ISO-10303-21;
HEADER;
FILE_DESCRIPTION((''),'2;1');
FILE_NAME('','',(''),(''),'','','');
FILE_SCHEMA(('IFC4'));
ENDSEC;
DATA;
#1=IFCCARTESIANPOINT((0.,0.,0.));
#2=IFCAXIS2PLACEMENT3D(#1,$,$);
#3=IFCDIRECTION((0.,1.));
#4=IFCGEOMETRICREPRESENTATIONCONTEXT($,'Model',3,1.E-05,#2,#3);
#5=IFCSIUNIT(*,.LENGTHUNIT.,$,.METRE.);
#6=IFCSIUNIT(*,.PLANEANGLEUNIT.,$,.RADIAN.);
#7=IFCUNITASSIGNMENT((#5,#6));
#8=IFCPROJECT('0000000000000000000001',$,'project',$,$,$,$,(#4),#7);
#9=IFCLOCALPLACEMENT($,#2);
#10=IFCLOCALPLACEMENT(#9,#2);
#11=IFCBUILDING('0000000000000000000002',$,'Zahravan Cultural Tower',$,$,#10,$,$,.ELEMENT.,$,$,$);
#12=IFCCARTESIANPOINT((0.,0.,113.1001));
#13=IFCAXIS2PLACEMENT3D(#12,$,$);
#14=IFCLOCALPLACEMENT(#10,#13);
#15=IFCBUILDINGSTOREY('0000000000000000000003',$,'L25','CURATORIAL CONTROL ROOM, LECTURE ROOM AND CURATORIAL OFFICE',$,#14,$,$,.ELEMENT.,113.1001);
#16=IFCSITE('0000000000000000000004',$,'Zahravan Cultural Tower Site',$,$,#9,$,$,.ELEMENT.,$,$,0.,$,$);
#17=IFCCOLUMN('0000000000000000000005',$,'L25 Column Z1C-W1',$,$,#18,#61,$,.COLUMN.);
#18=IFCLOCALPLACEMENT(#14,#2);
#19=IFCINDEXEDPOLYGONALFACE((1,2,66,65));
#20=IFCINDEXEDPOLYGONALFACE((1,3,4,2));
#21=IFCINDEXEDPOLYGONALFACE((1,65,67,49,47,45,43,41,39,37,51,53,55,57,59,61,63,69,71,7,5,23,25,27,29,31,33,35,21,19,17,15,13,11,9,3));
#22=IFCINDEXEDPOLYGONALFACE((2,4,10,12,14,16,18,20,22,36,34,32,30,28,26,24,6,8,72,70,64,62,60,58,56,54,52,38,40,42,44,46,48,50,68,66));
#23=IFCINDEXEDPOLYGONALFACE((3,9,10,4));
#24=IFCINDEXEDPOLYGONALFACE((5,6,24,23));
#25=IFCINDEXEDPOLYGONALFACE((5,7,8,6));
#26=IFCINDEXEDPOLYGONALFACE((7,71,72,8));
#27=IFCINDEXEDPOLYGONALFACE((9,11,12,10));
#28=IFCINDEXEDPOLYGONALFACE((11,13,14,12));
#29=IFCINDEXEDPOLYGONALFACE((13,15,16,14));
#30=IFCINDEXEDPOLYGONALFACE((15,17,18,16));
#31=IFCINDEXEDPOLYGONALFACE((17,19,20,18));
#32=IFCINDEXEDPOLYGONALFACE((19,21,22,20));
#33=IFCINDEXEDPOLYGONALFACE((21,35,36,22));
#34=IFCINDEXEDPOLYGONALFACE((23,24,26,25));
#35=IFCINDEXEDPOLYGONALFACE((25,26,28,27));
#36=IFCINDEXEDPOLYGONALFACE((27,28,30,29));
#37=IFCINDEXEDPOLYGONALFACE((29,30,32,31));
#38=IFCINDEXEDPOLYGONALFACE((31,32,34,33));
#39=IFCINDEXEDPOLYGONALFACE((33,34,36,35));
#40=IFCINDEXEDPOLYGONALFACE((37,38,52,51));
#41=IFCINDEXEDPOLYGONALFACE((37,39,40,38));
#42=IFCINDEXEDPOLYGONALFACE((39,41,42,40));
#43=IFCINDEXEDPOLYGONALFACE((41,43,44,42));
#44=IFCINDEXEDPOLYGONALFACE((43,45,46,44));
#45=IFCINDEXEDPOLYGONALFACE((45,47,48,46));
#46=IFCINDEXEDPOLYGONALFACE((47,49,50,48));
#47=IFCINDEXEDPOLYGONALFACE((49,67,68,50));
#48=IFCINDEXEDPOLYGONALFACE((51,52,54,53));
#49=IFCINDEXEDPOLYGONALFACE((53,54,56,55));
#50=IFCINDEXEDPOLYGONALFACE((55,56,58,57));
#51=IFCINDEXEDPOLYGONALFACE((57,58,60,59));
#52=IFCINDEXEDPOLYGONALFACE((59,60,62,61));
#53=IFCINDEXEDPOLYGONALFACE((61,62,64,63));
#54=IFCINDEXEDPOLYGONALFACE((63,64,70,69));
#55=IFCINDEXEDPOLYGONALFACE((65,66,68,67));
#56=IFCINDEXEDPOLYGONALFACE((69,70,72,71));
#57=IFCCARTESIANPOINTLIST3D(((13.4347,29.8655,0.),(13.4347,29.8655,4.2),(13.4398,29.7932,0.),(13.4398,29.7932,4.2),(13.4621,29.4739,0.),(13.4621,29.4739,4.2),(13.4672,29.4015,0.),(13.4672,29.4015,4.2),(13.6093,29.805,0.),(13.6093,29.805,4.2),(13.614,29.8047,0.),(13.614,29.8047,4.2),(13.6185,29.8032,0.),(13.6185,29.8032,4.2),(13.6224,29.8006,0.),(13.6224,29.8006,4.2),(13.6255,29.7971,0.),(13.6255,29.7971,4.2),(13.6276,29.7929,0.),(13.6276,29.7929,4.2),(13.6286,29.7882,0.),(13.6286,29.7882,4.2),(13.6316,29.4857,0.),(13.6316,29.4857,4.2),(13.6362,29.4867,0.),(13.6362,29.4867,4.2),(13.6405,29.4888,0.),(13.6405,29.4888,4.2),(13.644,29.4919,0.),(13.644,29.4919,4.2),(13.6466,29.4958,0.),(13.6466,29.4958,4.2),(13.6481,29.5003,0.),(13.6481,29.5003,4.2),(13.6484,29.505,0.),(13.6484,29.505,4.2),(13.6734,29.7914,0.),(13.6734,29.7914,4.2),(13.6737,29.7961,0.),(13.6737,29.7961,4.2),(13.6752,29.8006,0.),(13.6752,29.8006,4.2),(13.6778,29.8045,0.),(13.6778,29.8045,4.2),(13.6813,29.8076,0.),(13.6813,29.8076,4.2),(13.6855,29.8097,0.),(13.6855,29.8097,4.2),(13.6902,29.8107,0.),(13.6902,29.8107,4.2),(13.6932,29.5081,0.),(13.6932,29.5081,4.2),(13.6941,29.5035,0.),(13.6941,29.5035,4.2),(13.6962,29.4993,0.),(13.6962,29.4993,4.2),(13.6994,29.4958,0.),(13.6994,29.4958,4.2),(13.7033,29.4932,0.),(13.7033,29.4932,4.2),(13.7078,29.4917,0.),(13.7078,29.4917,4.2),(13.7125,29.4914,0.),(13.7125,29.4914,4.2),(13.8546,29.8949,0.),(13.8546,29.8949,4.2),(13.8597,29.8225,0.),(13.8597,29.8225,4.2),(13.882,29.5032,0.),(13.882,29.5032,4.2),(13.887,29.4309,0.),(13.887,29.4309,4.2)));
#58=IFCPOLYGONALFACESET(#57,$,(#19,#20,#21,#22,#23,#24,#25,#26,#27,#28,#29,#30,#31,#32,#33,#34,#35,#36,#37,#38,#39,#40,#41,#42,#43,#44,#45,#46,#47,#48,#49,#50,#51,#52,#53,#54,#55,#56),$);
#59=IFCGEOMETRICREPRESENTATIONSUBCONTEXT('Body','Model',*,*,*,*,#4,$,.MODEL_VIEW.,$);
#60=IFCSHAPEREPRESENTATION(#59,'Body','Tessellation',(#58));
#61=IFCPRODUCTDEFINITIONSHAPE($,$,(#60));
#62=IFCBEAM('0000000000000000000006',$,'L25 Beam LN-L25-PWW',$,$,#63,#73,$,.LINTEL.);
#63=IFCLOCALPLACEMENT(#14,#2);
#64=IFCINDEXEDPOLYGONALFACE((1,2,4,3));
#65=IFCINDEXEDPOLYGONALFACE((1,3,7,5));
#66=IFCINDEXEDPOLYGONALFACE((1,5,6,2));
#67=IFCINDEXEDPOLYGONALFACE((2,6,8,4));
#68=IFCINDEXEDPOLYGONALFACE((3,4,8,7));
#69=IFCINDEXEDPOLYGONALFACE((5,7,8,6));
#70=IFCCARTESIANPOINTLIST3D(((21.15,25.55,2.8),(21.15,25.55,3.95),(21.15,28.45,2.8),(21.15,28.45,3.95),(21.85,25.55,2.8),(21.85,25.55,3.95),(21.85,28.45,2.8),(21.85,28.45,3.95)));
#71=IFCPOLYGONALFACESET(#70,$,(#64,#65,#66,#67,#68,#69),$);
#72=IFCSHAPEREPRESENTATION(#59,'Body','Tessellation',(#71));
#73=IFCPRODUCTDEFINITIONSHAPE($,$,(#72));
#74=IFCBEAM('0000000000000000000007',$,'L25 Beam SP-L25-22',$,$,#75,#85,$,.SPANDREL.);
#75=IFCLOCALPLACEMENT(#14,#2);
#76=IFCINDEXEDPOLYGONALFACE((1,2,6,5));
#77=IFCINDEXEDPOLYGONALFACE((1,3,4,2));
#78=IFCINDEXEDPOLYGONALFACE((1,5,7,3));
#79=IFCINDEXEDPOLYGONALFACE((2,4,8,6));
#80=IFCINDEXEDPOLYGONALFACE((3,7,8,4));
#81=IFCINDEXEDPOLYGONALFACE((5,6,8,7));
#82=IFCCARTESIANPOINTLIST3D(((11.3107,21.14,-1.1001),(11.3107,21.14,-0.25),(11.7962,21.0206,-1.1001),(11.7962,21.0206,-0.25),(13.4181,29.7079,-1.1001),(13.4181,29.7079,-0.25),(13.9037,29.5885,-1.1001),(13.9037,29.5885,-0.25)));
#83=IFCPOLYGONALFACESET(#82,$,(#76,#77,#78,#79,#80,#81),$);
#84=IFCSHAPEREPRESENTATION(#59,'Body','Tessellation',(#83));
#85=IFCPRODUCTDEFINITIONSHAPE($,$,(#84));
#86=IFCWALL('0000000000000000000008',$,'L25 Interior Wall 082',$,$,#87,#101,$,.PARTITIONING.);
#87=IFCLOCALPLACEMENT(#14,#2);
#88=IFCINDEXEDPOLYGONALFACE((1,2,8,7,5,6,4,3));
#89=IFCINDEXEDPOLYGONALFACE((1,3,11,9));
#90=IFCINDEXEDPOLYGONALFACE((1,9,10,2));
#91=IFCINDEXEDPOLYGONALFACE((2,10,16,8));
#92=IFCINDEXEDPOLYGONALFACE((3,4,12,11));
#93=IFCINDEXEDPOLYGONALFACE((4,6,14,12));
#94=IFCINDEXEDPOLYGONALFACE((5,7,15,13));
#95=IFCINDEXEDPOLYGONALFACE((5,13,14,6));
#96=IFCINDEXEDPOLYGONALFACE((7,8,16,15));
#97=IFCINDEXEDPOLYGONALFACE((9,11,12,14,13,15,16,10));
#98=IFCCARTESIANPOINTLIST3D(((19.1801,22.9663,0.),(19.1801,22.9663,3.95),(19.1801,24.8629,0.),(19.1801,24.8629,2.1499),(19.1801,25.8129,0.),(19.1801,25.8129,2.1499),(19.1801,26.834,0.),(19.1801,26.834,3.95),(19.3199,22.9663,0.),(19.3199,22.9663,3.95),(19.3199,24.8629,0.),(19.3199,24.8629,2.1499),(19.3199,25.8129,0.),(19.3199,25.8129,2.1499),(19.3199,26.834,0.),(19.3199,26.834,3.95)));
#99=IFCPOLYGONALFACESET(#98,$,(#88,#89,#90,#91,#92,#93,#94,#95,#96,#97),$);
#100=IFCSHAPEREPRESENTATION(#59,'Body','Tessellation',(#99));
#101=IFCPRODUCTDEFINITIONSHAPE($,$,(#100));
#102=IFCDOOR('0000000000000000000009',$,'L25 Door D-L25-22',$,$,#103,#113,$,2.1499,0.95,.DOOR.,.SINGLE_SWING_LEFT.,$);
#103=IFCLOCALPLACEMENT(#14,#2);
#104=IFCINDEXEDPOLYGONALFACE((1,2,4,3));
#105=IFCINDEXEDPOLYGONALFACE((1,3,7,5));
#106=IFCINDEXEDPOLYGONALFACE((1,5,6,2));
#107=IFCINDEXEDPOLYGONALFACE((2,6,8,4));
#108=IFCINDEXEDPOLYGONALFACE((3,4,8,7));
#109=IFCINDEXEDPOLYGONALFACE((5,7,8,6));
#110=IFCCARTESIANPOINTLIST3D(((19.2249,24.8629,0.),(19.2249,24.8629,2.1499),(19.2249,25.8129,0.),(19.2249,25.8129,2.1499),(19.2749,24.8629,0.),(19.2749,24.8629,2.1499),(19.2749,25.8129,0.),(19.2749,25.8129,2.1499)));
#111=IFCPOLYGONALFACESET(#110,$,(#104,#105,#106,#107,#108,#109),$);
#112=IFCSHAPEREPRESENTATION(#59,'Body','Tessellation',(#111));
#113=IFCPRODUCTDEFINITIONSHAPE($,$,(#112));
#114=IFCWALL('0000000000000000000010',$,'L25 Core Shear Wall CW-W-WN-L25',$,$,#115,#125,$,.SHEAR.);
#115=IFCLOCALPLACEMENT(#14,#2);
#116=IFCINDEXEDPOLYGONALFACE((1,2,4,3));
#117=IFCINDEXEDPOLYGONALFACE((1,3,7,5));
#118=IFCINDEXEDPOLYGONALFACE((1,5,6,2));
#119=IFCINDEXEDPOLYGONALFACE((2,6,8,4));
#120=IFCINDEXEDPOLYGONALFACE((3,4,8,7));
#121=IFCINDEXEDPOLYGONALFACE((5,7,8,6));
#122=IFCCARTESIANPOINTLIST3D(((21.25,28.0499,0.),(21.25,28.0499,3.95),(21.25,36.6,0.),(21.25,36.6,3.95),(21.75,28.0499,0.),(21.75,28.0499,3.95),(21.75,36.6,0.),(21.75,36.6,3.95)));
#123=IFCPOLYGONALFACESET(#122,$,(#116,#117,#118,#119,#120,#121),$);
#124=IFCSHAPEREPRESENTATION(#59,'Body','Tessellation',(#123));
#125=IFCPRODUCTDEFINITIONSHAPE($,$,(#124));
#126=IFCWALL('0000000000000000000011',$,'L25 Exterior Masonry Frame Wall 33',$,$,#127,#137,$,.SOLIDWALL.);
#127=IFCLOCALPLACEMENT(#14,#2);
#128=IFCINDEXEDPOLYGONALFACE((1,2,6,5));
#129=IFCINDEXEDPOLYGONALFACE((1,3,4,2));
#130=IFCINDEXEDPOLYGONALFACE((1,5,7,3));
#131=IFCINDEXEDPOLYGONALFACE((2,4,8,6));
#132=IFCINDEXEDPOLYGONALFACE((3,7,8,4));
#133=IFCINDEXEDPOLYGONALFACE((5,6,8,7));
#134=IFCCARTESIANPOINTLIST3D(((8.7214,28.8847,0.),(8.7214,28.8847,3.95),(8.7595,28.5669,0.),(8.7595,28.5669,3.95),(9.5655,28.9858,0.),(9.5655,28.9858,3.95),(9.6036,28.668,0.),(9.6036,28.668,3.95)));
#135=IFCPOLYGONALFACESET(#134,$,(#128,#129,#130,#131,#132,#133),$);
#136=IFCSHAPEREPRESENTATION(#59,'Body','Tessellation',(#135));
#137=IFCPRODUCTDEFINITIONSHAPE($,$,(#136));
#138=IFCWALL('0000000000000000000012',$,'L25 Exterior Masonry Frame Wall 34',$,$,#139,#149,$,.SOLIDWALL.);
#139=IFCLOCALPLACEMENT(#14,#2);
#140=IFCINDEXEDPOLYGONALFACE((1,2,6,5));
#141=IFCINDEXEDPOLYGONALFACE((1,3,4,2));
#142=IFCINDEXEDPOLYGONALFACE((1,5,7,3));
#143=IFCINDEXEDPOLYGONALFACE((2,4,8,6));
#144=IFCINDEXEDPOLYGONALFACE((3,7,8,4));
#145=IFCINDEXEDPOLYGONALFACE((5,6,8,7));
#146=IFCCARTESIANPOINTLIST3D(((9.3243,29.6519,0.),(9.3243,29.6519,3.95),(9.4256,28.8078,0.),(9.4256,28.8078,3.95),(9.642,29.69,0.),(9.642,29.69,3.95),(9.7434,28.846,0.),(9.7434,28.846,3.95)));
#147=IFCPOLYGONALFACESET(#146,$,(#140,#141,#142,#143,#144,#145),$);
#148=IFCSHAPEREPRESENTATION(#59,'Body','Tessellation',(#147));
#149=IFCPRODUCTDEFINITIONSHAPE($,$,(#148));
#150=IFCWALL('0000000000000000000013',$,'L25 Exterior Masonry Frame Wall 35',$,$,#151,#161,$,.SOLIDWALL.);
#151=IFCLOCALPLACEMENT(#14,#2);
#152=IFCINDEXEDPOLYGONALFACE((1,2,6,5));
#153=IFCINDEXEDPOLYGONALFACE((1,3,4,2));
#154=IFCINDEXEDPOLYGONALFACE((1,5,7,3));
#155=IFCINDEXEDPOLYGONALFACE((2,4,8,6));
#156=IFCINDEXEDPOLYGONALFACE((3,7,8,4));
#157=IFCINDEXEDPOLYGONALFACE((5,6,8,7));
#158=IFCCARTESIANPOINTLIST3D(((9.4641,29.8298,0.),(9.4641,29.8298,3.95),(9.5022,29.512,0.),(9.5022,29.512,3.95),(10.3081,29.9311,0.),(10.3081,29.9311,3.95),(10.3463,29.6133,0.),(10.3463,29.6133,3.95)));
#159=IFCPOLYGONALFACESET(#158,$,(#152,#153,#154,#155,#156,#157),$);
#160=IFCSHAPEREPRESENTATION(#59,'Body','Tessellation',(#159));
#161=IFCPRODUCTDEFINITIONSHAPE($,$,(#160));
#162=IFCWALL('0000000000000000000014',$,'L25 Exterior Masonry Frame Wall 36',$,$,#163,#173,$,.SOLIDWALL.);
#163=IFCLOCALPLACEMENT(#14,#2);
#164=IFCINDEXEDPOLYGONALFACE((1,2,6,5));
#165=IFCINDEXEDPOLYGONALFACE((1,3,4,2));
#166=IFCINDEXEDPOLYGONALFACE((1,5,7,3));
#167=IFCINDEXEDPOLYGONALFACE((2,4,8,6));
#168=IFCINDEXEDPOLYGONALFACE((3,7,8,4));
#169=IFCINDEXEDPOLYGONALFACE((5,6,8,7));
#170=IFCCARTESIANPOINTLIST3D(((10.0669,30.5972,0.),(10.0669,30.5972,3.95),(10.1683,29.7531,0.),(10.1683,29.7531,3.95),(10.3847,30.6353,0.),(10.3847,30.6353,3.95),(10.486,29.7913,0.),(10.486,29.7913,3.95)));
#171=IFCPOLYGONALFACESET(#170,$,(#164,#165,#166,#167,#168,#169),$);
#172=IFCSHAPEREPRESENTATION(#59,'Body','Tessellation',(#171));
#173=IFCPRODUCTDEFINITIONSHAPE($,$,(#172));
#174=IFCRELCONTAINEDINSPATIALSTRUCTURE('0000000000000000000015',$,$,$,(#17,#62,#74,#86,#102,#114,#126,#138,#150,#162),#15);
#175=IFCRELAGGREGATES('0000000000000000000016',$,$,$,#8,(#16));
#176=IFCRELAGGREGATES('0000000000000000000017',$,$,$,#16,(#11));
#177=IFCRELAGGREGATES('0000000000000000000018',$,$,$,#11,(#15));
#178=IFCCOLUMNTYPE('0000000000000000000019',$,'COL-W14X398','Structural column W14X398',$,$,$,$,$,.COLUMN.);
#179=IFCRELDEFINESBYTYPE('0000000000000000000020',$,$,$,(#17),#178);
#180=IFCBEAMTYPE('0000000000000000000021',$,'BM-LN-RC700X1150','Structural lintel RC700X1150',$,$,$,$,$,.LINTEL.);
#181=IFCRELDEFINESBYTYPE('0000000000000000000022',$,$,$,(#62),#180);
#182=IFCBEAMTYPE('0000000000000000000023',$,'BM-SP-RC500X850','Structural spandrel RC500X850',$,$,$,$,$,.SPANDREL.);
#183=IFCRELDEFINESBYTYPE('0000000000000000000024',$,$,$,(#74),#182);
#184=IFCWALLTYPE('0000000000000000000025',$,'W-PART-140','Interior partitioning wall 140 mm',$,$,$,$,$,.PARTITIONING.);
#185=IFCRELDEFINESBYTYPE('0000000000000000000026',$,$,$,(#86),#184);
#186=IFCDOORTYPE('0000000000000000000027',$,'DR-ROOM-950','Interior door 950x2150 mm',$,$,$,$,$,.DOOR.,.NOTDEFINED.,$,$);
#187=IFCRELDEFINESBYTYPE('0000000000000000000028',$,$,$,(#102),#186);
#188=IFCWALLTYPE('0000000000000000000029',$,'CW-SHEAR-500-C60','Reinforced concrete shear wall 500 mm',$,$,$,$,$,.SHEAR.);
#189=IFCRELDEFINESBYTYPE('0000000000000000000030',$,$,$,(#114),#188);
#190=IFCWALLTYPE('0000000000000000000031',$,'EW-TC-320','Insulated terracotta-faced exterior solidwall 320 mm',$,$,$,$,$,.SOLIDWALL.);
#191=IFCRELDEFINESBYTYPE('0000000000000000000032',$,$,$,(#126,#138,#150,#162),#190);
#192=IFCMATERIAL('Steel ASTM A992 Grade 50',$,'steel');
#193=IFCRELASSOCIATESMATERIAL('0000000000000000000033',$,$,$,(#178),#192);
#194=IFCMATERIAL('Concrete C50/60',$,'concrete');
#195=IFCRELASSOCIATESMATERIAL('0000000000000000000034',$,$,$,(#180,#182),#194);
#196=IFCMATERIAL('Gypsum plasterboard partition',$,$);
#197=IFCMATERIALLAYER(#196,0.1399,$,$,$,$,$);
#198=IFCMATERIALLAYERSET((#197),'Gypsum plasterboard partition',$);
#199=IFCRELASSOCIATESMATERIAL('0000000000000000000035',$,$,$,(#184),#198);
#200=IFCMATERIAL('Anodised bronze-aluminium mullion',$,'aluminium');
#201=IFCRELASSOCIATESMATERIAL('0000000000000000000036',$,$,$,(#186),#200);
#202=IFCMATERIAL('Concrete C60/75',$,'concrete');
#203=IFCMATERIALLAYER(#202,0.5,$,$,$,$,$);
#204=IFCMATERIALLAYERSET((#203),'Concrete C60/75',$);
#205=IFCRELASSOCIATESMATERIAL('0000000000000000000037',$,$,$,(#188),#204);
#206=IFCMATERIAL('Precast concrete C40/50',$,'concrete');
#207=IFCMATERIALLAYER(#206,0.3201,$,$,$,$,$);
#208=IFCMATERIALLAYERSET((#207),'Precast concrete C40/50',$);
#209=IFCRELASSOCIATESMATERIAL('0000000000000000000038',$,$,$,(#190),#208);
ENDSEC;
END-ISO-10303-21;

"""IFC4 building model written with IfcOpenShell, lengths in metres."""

from ifc_helpers import new_model, si_unit, direction, frame, frame_2d, origin, origin_2d, place, context, subcontext, project, spatial, rectangle, i_section, extrude, source, transform, mapped, material, layer, layer_set, material_profile, profile_set, type_object, element, fill, save


model = new_model("IFC4")

# Units and contexts
model_context = context("Model", 3, precision=1e-05, world=origin(), true_north=direction((0.0, 1.0)))
body_context = subcontext(model_context, "Body", "Model", "MODEL_VIEW")
ifc_project = project(units=[si_unit("LENGTHUNIT", "METRE"), si_unit("PLANEANGLEUNIT", "RADIAN")], contexts=[model_context])

# Site, building, storey
site_placement = place(None, origin())
site = spatial("IfcSite", under=ifc_project, at=site_placement, Name="Zahravan Cultural Tower Site", CompositionType="ELEMENT", RefElevation=0.0)
building_placement = place(site_placement, origin())
building = spatial("IfcBuilding", under=site, at=building_placement, Name="Zahravan Cultural Tower", CompositionType="ELEMENT")
storey_placement = place(building_placement, frame((0.0, 0.0, 113.1001)))
storey = spatial("IfcBuildingStorey", under=building, at=storey_placement, Name="L25", Description="CURATORIAL CONTROL ROOM, LECTURE ROOM AND CURATORIAL OFFICE", CompositionType="ELEMENT", Elevation=113.1001)

# Column
ifc_material_1 = material(Name="Steel ASTM A992 Grade 50", Category="steel")
ifc_material_profile_1 = material_profile(ifc_material_1, i_section(OverallWidth=0.4209, OverallDepth=0.4651, WebThickness=0.0449, FlangeThickness=0.0725, FilletRadius=0.0181, at=origin_2d()), Name="W14X398")
ifc_profile_set_1 = profile_set([ifc_material_profile_1], Name="Steel ASTM A992 Grade 50")
column_type = type_object("IfcColumnType", Name="COL-W14X398", Description="Structural column W14X398", PredefinedType="COLUMN", material=ifc_profile_set_1)
shared_shape_1 = source(origin(), body_context, "Body", "SweptSolid", [
    extrude(i_section(OverallWidth=0.4209, OverallDepth=0.4651, WebThickness=0.0449, FlangeThickness=0.0725, FilletRadius=0.0181, at=origin_2d()), origin(), (0.0, 0.0, 1.0), 4.2),
])
column_placement = place(storey_placement, frame((13.6609, 29.6482, 0.0), z_axis=(0.0, 0.0, 1.0), x_axis=(0.997564, 0.069756, 0.0)))
element("IfcColumn", 1, at=column_placement, inside=storey, type_object=column_type, Name="L25 Column Z1C-W1", PredefinedType="COLUMN", context=body_context, shape_type="MappedRepresentation", body=[
    mapped(shared_shape_1, transform((0.0, 0.0, 0.0), x_axis=(1.0, 0.0, 0.0), y_axis=(0.0, 1.0, 0.0), z_axis=(0.0, 0.0, 1.0), scale=1.0)),
])

# Beams
ifc_material_2 = material(Name="Concrete C50/60", Category="concrete")
ifc_material_profile_2 = material_profile(ifc_material_2, rectangle(XDim=0.7, YDim=1.1499, at=origin_2d()), Name="RC700X1150")
ifc_profile_set_2 = profile_set([ifc_material_profile_2], Name="Concrete C50/60")
beam_type_1 = type_object("IfcBeamType", Name="BM-LN-RC700X1150", Description="Structural lintel RC700X1150", PredefinedType="LINTEL", material=ifc_profile_set_2)
shared_shape_2 = source(origin(), body_context, "Body", "SweptSolid", [
    extrude(rectangle(XDim=0.7, YDim=1.1499, at=origin_2d()), origin(), (0.0, 0.0, 1.0), 2.8999),
])
beam_1_placement = place(storey_placement, frame((21.5, 25.55, 3.375), z_axis=(0.0, 1.0, 0.0), x_axis=(-1.0, 0.0, 0.0)))
element("IfcBeam", 2, at=beam_1_placement, inside=storey, type_object=beam_type_1, Name="L25 Beam LN-L25-PWW", PredefinedType="LINTEL", context=body_context, shape_type="MappedRepresentation", body=[
    mapped(shared_shape_2, transform((0.0, 0.0, 0.0), x_axis=(1.0, 0.0, 0.0), y_axis=(0.0, 1.0, 0.0), z_axis=(0.0, 0.0, 1.0), scale=1.0)),
])
ifc_material_profile_3 = material_profile(ifc_material_2, rectangle(XDim=0.5, YDim=0.8501, at=origin_2d()), Name="RC500X850")
ifc_profile_set_3 = profile_set([ifc_material_profile_3], Name="Concrete C50/60")
beam_type_2 = type_object("IfcBeamType", Name="BM-SP-RC500X850", Description="Structural spandrel RC500X850", PredefinedType="SPANDREL", material=ifc_profile_set_3)
shared_shape_3 = source(origin(), body_context, "Body", "SweptSolid", [
    extrude(rectangle(XDim=0.5, YDim=0.8501, at=origin_2d()), origin(), (0.0, 0.0, 1.0), 8.8232),
])
beam_2_placement = place(storey_placement, frame((13.6609, 29.6482, -0.675), z_axis=(-0.238849, -0.971057, 0.0), x_axis=(0.971057, -0.238849, 0.0)))
element("IfcBeam", 3, at=beam_2_placement, inside=storey, type_object=beam_type_2, Name="L25 Beam SP-L25-22", PredefinedType="SPANDREL", context=body_context, shape_type="MappedRepresentation", body=[
    mapped(shared_shape_3, transform((0.0, 0.0, 0.0), x_axis=(1.0, 0.0, 0.0), y_axis=(0.0, 1.0, 0.0), z_axis=(0.0, 0.0, 1.0), scale=1.0)),
])

# Wall, opening, door
ifc_material_3 = material(Name="Gypsum plasterboard partition")
ifc_layer_1 = layer(ifc_material_3, 0.1399)
ifc_layer_set_1 = layer_set([ifc_layer_1], Name="Gypsum plasterboard partition")
wall_type_1 = type_object("IfcWallType", Name="W-PART-140", Description="Interior partitioning wall 140 mm", PredefinedType="PARTITIONING", material=ifc_layer_set_1)
wall_1_placement = place(storey_placement, frame((19.25, 26.834, 0.0), z_axis=(0.0, 0.0, 1.0), x_axis=(0.0, -1.0, 0.0)))
wall_1 = element("IfcWall", 4, at=wall_1_placement, inside=storey, type_object=wall_type_1, Name="L25 Interior Wall 082", PredefinedType="PARTITIONING", context=body_context, shape_type="SweptSolid", body=[
    extrude(rectangle(XDim=3.8677, YDim=0.1399, at=frame_2d((1.9338, 0.0))), origin(), (0.0, 0.0, 1.0), 3.95),
])
opening_placement = place(wall_1_placement, frame((1.021, 0.0, 0.0)))
opening = element("IfcOpeningElement", 5, at=opening_placement, cuts=wall_1, PredefinedType="OPENING", context=body_context, shape_type="SweptSolid", body=[
    extrude(rectangle(XDim=0.95, YDim=2.1499, at=frame_2d((0.4751, 1.075))), frame((0.0, 0.0798, 0.0), z_axis=(0.0, -1.0, 0.0), x_axis=(1.0, 0.0, 0.0)), (0.0, 0.0, 1.0), 0.1599),
])
ifc_material_4 = material(Name="Anodised bronze-aluminium mullion", Category="aluminium")
door_type = type_object("IfcDoorType", Name="DR-ROOM-950", Description="Interior door 950x2150 mm", OperationType="NOTDEFINED", PredefinedType="DOOR", material=ifc_material_4)
shared_shape_4 = source(origin(), body_context, "Body", "SweptSolid", [
    extrude(rectangle(XDim=0.95, YDim=2.1499, at=frame_2d((0.4751, 1.075))), frame((0.0, 0.0249, 0.0), z_axis=(0.0, -1.0, 0.0), x_axis=(1.0, 0.0, 0.0)), (0.0, 0.0, 1.0), 0.05),
])
door_placement = place(opening_placement, origin())
door = element("IfcDoor", 6, at=door_placement, inside=storey, type_object=door_type, Name="L25 Door D-L25-22", OperationType="SINGLE_SWING_LEFT", OverallHeight=2.1499, OverallWidth=0.95, PredefinedType="DOOR", context=body_context, shape_type="MappedRepresentation", body=[
    mapped(shared_shape_4, transform((0.0, 0.0, 0.0), x_axis=(1.0, 0.0, 0.0), y_axis=(0.0, 1.0, 0.0), z_axis=(0.0, 0.0, 1.0), scale=1.0)),
])
fill(opening, door)

# Walls
ifc_material_5 = material(Name="Concrete C60/75", Category="concrete")
ifc_layer_2 = layer(ifc_material_5, 0.5)
ifc_layer_set_2 = layer_set([ifc_layer_2], Name="Concrete C60/75")
wall_type_2 = type_object("IfcWallType", Name="CW-SHEAR-500-C60", Description="Reinforced concrete shear wall 500 mm", PredefinedType="SHEAR", material=ifc_layer_set_2)
shared_shape_5 = source(origin(), body_context, "Body", "SweptSolid", [
    extrude(rectangle(XDim=8.55, YDim=0.5, at=frame_2d((4.2749, 0.0))), origin(), (0.0, 0.0, 1.0), 3.95),
])
wall_2_placement = place(storey_placement, frame((21.5, 28.05, 0.0), z_axis=(0.0, 0.0, 1.0), x_axis=(0.0, 1.0, 0.0)))
element("IfcWall", 7, at=wall_2_placement, inside=storey, type_object=wall_type_2, Name="L25 Core Shear Wall CW-W-WN-L25", PredefinedType="SHEAR", context=body_context, shape_type="MappedRepresentation", body=[
    mapped(shared_shape_5, transform((0.0, 0.0, 0.0), x_axis=(1.0, 0.0, 0.0), y_axis=(0.0, 1.0, 0.0), z_axis=(0.0, 0.0, 1.0), scale=1.0)),
])
ifc_material_6 = material(Name="Precast concrete C40/50", Category="concrete")
ifc_layer_3 = layer(ifc_material_6, 0.3201)
ifc_layer_set_3 = layer_set([ifc_layer_3], Name="Precast concrete C40/50")
wall_type_3 = type_object("IfcWallType", Name="EW-TC-320", Description="Insulated terracotta-faced exterior solidwall 320 mm", PredefinedType="SOLIDWALL", material=ifc_layer_set_3)
shared_shape_6 = source(origin(), body_context, "Body", "SweptSolid", [
    extrude(rectangle(XDim=0.8501, YDim=0.3201, at=frame_2d((0.425, 0.0))), origin(), (0.0, 0.0, 1.0), 3.95),
])
for number, where, z_axis, x_axis, name in (
    (8, (8.7405, 28.7258, 0.0), (0.0, 0.0, 1.0), (0.992905, 0.118907, 0.0), "L25 Exterior Masonry Frame Wall 33"),
    (9, (9.5845, 28.8269, 0.0), (0.0, 0.0, 1.0), (-0.119191, 0.992871, 0.0), "L25 Exterior Masonry Frame Wall 34"),
    (10, (9.4832, 29.6709, 0.0), (0.0, 0.0, 1.0), (0.992871, 0.119191, 0.0), "L25 Exterior Masonry Frame Wall 35"),
    (11, (10.3271, 29.7722, 0.0), (0.0, 0.0, 1.0), (-0.119191, 0.992871, 0.0), "L25 Exterior Masonry Frame Wall 36"),
):
    element("IfcWall", number, at=place(storey_placement, frame(where, z_axis=z_axis, x_axis=x_axis)), inside=storey, type_object=wall_type_3, Name=name, PredefinedType="SOLIDWALL", context=body_context, shape_type="MappedRepresentation", body=[
        mapped(shared_shape_6, transform((0.0, 0.0, 0.0), x_axis=(1.0, 0.0, 0.0), y_axis=(0.0, 1.0, 0.0), z_axis=(0.0, 0.0, 1.0), scale=1.0)),
    ])

save(model, "model.ifc")
